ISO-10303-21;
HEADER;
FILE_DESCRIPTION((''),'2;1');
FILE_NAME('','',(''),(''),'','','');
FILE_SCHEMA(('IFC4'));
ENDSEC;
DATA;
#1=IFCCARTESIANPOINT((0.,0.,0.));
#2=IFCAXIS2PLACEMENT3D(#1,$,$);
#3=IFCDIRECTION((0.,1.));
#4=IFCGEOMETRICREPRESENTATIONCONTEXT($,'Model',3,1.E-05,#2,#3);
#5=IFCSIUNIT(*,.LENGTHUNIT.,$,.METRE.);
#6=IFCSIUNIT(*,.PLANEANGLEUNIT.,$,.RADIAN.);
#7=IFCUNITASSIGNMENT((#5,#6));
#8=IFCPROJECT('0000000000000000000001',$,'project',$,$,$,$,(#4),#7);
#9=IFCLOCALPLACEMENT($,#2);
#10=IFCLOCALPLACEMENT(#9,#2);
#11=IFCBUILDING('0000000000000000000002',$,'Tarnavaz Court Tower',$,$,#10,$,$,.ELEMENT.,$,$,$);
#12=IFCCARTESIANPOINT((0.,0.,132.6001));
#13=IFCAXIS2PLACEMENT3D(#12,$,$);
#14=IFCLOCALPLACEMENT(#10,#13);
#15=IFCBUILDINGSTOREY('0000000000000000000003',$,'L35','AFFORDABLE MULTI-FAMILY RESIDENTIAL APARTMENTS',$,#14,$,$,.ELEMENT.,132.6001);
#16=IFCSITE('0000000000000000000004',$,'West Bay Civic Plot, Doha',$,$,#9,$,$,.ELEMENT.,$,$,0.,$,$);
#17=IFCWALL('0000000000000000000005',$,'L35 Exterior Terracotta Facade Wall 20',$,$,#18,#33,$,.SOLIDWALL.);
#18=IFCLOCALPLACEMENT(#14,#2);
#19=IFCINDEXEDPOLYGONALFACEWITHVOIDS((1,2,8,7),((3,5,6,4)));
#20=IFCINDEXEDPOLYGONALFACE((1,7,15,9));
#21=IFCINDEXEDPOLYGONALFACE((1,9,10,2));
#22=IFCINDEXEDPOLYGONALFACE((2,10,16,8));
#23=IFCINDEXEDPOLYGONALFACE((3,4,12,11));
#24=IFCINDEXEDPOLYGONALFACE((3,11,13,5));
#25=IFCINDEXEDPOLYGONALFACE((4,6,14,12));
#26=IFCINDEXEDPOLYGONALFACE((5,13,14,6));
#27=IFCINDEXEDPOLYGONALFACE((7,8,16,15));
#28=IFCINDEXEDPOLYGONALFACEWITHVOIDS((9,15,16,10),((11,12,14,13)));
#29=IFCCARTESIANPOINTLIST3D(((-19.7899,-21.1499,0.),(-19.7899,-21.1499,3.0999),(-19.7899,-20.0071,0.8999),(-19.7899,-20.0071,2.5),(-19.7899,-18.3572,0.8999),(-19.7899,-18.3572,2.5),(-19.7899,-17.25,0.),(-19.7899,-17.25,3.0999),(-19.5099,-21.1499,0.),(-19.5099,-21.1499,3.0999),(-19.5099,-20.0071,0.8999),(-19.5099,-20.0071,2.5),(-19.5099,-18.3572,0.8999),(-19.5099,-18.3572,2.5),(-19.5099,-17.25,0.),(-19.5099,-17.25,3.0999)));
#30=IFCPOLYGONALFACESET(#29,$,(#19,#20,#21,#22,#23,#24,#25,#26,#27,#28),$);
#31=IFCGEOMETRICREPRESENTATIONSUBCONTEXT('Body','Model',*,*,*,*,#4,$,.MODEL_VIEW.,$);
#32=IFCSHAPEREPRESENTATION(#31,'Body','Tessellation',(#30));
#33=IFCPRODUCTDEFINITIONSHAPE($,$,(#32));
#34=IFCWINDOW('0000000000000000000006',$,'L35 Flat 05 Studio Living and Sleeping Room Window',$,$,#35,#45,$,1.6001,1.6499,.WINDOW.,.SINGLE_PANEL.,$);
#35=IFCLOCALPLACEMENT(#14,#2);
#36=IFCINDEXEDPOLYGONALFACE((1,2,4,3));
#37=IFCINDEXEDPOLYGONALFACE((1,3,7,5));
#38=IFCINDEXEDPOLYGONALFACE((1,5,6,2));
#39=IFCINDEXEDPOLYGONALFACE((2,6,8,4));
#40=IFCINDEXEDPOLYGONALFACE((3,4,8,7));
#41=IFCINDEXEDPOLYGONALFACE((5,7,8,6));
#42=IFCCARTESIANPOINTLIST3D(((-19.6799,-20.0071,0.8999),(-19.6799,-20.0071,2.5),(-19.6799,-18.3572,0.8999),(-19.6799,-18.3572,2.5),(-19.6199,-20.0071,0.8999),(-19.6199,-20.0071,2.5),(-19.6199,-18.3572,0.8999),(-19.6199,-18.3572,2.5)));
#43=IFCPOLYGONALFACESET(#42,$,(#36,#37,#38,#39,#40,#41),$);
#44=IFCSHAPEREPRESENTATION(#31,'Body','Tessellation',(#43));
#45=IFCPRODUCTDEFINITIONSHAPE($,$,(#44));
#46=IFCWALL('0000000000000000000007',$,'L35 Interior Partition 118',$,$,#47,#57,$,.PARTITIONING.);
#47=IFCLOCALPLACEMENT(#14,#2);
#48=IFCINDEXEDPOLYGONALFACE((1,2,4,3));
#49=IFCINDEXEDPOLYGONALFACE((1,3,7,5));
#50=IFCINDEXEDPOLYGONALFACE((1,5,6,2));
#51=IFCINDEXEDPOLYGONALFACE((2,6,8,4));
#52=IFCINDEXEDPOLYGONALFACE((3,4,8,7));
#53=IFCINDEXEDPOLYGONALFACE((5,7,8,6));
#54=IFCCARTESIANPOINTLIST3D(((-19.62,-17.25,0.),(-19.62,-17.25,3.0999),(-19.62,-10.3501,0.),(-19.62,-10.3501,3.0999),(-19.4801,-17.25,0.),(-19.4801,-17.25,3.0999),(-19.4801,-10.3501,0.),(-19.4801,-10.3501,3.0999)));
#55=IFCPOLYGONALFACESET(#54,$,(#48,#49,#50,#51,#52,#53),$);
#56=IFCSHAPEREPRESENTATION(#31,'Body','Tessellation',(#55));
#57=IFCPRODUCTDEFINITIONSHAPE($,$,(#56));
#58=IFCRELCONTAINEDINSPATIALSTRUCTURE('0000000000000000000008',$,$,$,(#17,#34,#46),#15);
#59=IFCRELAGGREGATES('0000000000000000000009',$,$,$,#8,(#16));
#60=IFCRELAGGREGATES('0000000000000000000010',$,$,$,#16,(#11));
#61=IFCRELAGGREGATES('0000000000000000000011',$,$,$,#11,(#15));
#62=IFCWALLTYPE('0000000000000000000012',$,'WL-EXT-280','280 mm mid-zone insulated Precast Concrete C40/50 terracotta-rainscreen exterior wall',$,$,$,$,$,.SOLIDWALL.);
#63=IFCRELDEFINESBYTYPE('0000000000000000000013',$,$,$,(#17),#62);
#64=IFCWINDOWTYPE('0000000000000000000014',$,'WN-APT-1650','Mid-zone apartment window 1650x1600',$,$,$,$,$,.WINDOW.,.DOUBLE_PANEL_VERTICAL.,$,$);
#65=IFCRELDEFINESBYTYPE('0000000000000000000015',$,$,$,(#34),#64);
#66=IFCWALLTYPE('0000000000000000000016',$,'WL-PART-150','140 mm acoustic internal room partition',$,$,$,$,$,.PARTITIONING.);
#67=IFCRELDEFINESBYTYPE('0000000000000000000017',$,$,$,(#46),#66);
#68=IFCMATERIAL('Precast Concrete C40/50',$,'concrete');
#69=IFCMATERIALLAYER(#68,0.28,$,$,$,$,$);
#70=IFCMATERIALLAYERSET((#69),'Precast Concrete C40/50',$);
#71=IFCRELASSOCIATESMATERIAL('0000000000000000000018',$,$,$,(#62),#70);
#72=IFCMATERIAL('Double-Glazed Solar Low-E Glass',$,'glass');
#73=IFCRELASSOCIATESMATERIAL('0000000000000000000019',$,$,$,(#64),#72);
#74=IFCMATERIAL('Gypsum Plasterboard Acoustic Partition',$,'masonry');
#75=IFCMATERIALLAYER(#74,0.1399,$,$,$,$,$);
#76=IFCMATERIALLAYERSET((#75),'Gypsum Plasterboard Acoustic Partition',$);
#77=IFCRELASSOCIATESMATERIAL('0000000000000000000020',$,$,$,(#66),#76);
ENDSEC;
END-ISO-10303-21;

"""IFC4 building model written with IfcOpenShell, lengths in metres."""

from ifc_helpers import new_model, si_unit, direction, frame, frame_2d, origin, place, context, subcontext, project, spatial, rectangle, extrude, material, layer, layer_set, type_object, element, fill, save


model = new_model("IFC4")

# Units and contexts
model_context = context("Model", 3, precision=1e-05, world=origin(), true_north=direction((0.0, 1.0)))
body_context = subcontext(model_context, "Body", "Model", "MODEL_VIEW")
ifc_project = project(units=[si_unit("LENGTHUNIT", "METRE"), si_unit("PLANEANGLEUNIT", "RADIAN")], contexts=[model_context])

# Site, building, storey
site_placement = place(None, origin())
site = spatial("IfcSite", under=ifc_project, at=site_placement, Name="West Bay Civic Plot, Doha", CompositionType="ELEMENT", RefElevation=0.0)
building_placement = place(site_placement, origin())
building = spatial("IfcBuilding", under=site, at=building_placement, Name="Tarnavaz Court Tower", CompositionType="ELEMENT")
storey_placement = place(building_placement, frame((0.0, 0.0, 132.6001)))
storey = spatial("IfcBuildingStorey", under=building, at=storey_placement, Name="L35", Description="AFFORDABLE MULTI-FAMILY RESIDENTIAL APARTMENTS", CompositionType="ELEMENT", Elevation=132.6001)

# Shared definitions
ifc_material_1 = material(Name="Precast Concrete C40/50", Category="concrete")
ifc_layer_1 = layer(ifc_material_1, 0.28)
ifc_layer_set_1 = layer_set([ifc_layer_1], Name="Precast Concrete C40/50")
wall_type_1 = type_object("IfcWallType", Name="WL-EXT-280", Description="280 mm mid-zone insulated Precast Concrete C40/50 terracotta-rainscreen exterior wall", PredefinedType="SOLIDWALL", material=ifc_layer_set_1)
ifc_material_2 = material(Name="Double-Glazed Solar Low-E Glass", Category="glass")

# Shared definitions
window_type_1 = type_object("IfcWindowType", Name="WN-APT-1650", Description="Mid-zone apartment window 1650x1600", PartitioningType="DOUBLE_PANEL_VERTICAL", PredefinedType="WINDOW", material=ifc_material_2)

# Wall, opening, window
wall_1_placement = place(storey_placement, frame((-19.6499, -21.1499, 0.0), z_axis=(0.0, 0.0, 1.0), x_axis=(0.0, 1.0, 0.0)))
wall_1 = element("IfcWall", 1, at=wall_1_placement, inside=storey, type_object=wall_type_1, Name="L35 Exterior Terracotta Facade Wall 20", PredefinedType="SOLIDWALL", context=body_context, shape_type="SweptSolid", body=[
    extrude(rectangle(XDim=3.8999, YDim=0.28, at=frame_2d((1.95, 0.0))), origin(), (0.0, 0.0, 1.0), 3.0999),
])
opening_1_placement = place(wall_1_placement, frame((1.1428, 0.0, 0.8999)))
opening_1 = element("IfcOpeningElement", 2, at=opening_1_placement, cuts=wall_1, PredefinedType="OPENING", context=body_context, shape_type="SweptSolid", body=[
    extrude(rectangle(XDim=1.6499, YDim=1.6001, at=frame_2d((0.825, 0.8))), frame((0.0, 0.1499, 0.0), z_axis=(0.0, -1.0, 0.0), x_axis=(1.0, 0.0, 0.0)), (0.0, 0.0, 1.0), 0.3),
])
window_1_placement = place(opening_1_placement, origin())
window_1 = element("IfcWindow", 3, at=window_1_placement, inside=storey, type_object=window_type_1, Name="L35 Flat 05 Studio Living and Sleeping Room Window", OverallHeight=1.6001, OverallWidth=1.6499, PartitioningType="SINGLE_PANEL", PredefinedType="WINDOW", context=body_context, shape_type="SweptSolid", body=[
    extrude(rectangle(XDim=1.6499, YDim=1.6001, at=frame_2d((0.825, 0.8))), frame((0.0, 0.03, 0.0), z_axis=(0.0, -1.0, 0.0), x_axis=(1.0, 0.0, 0.0)), (0.0, 0.0, 1.0), 0.0601),
])
fill(opening_1, window_1)

# Wall
ifc_material_3 = material(Name="Gypsum Plasterboard Acoustic Partition", Category="masonry")
ifc_layer_2 = layer(ifc_material_3, 0.1399)
ifc_layer_set_2 = layer_set([ifc_layer_2], Name="Gypsum Plasterboard Acoustic Partition")
wall_type_2 = type_object("IfcWallType", Name="WL-PART-150", Description="140 mm acoustic internal room partition", PredefinedType="PARTITIONING", material=ifc_layer_set_2)
wall_2_placement = place(storey_placement, frame((-19.55, -17.25, 0.0), z_axis=(0.0, 0.0, 1.0), x_axis=(0.0, 1.0, 0.0)))
element("IfcWall", 4, at=wall_2_placement, inside=storey, type_object=wall_type_2, Name="L35 Interior Partition 118", PredefinedType="PARTITIONING", context=body_context, shape_type="SweptSolid", body=[
    extrude(rectangle(XDim=6.8999, YDim=0.1399, at=frame_2d((3.45, 0.0))), origin(), (0.0, 0.0, 1.0), 3.0999),
])

save(model, "model.ifc")
